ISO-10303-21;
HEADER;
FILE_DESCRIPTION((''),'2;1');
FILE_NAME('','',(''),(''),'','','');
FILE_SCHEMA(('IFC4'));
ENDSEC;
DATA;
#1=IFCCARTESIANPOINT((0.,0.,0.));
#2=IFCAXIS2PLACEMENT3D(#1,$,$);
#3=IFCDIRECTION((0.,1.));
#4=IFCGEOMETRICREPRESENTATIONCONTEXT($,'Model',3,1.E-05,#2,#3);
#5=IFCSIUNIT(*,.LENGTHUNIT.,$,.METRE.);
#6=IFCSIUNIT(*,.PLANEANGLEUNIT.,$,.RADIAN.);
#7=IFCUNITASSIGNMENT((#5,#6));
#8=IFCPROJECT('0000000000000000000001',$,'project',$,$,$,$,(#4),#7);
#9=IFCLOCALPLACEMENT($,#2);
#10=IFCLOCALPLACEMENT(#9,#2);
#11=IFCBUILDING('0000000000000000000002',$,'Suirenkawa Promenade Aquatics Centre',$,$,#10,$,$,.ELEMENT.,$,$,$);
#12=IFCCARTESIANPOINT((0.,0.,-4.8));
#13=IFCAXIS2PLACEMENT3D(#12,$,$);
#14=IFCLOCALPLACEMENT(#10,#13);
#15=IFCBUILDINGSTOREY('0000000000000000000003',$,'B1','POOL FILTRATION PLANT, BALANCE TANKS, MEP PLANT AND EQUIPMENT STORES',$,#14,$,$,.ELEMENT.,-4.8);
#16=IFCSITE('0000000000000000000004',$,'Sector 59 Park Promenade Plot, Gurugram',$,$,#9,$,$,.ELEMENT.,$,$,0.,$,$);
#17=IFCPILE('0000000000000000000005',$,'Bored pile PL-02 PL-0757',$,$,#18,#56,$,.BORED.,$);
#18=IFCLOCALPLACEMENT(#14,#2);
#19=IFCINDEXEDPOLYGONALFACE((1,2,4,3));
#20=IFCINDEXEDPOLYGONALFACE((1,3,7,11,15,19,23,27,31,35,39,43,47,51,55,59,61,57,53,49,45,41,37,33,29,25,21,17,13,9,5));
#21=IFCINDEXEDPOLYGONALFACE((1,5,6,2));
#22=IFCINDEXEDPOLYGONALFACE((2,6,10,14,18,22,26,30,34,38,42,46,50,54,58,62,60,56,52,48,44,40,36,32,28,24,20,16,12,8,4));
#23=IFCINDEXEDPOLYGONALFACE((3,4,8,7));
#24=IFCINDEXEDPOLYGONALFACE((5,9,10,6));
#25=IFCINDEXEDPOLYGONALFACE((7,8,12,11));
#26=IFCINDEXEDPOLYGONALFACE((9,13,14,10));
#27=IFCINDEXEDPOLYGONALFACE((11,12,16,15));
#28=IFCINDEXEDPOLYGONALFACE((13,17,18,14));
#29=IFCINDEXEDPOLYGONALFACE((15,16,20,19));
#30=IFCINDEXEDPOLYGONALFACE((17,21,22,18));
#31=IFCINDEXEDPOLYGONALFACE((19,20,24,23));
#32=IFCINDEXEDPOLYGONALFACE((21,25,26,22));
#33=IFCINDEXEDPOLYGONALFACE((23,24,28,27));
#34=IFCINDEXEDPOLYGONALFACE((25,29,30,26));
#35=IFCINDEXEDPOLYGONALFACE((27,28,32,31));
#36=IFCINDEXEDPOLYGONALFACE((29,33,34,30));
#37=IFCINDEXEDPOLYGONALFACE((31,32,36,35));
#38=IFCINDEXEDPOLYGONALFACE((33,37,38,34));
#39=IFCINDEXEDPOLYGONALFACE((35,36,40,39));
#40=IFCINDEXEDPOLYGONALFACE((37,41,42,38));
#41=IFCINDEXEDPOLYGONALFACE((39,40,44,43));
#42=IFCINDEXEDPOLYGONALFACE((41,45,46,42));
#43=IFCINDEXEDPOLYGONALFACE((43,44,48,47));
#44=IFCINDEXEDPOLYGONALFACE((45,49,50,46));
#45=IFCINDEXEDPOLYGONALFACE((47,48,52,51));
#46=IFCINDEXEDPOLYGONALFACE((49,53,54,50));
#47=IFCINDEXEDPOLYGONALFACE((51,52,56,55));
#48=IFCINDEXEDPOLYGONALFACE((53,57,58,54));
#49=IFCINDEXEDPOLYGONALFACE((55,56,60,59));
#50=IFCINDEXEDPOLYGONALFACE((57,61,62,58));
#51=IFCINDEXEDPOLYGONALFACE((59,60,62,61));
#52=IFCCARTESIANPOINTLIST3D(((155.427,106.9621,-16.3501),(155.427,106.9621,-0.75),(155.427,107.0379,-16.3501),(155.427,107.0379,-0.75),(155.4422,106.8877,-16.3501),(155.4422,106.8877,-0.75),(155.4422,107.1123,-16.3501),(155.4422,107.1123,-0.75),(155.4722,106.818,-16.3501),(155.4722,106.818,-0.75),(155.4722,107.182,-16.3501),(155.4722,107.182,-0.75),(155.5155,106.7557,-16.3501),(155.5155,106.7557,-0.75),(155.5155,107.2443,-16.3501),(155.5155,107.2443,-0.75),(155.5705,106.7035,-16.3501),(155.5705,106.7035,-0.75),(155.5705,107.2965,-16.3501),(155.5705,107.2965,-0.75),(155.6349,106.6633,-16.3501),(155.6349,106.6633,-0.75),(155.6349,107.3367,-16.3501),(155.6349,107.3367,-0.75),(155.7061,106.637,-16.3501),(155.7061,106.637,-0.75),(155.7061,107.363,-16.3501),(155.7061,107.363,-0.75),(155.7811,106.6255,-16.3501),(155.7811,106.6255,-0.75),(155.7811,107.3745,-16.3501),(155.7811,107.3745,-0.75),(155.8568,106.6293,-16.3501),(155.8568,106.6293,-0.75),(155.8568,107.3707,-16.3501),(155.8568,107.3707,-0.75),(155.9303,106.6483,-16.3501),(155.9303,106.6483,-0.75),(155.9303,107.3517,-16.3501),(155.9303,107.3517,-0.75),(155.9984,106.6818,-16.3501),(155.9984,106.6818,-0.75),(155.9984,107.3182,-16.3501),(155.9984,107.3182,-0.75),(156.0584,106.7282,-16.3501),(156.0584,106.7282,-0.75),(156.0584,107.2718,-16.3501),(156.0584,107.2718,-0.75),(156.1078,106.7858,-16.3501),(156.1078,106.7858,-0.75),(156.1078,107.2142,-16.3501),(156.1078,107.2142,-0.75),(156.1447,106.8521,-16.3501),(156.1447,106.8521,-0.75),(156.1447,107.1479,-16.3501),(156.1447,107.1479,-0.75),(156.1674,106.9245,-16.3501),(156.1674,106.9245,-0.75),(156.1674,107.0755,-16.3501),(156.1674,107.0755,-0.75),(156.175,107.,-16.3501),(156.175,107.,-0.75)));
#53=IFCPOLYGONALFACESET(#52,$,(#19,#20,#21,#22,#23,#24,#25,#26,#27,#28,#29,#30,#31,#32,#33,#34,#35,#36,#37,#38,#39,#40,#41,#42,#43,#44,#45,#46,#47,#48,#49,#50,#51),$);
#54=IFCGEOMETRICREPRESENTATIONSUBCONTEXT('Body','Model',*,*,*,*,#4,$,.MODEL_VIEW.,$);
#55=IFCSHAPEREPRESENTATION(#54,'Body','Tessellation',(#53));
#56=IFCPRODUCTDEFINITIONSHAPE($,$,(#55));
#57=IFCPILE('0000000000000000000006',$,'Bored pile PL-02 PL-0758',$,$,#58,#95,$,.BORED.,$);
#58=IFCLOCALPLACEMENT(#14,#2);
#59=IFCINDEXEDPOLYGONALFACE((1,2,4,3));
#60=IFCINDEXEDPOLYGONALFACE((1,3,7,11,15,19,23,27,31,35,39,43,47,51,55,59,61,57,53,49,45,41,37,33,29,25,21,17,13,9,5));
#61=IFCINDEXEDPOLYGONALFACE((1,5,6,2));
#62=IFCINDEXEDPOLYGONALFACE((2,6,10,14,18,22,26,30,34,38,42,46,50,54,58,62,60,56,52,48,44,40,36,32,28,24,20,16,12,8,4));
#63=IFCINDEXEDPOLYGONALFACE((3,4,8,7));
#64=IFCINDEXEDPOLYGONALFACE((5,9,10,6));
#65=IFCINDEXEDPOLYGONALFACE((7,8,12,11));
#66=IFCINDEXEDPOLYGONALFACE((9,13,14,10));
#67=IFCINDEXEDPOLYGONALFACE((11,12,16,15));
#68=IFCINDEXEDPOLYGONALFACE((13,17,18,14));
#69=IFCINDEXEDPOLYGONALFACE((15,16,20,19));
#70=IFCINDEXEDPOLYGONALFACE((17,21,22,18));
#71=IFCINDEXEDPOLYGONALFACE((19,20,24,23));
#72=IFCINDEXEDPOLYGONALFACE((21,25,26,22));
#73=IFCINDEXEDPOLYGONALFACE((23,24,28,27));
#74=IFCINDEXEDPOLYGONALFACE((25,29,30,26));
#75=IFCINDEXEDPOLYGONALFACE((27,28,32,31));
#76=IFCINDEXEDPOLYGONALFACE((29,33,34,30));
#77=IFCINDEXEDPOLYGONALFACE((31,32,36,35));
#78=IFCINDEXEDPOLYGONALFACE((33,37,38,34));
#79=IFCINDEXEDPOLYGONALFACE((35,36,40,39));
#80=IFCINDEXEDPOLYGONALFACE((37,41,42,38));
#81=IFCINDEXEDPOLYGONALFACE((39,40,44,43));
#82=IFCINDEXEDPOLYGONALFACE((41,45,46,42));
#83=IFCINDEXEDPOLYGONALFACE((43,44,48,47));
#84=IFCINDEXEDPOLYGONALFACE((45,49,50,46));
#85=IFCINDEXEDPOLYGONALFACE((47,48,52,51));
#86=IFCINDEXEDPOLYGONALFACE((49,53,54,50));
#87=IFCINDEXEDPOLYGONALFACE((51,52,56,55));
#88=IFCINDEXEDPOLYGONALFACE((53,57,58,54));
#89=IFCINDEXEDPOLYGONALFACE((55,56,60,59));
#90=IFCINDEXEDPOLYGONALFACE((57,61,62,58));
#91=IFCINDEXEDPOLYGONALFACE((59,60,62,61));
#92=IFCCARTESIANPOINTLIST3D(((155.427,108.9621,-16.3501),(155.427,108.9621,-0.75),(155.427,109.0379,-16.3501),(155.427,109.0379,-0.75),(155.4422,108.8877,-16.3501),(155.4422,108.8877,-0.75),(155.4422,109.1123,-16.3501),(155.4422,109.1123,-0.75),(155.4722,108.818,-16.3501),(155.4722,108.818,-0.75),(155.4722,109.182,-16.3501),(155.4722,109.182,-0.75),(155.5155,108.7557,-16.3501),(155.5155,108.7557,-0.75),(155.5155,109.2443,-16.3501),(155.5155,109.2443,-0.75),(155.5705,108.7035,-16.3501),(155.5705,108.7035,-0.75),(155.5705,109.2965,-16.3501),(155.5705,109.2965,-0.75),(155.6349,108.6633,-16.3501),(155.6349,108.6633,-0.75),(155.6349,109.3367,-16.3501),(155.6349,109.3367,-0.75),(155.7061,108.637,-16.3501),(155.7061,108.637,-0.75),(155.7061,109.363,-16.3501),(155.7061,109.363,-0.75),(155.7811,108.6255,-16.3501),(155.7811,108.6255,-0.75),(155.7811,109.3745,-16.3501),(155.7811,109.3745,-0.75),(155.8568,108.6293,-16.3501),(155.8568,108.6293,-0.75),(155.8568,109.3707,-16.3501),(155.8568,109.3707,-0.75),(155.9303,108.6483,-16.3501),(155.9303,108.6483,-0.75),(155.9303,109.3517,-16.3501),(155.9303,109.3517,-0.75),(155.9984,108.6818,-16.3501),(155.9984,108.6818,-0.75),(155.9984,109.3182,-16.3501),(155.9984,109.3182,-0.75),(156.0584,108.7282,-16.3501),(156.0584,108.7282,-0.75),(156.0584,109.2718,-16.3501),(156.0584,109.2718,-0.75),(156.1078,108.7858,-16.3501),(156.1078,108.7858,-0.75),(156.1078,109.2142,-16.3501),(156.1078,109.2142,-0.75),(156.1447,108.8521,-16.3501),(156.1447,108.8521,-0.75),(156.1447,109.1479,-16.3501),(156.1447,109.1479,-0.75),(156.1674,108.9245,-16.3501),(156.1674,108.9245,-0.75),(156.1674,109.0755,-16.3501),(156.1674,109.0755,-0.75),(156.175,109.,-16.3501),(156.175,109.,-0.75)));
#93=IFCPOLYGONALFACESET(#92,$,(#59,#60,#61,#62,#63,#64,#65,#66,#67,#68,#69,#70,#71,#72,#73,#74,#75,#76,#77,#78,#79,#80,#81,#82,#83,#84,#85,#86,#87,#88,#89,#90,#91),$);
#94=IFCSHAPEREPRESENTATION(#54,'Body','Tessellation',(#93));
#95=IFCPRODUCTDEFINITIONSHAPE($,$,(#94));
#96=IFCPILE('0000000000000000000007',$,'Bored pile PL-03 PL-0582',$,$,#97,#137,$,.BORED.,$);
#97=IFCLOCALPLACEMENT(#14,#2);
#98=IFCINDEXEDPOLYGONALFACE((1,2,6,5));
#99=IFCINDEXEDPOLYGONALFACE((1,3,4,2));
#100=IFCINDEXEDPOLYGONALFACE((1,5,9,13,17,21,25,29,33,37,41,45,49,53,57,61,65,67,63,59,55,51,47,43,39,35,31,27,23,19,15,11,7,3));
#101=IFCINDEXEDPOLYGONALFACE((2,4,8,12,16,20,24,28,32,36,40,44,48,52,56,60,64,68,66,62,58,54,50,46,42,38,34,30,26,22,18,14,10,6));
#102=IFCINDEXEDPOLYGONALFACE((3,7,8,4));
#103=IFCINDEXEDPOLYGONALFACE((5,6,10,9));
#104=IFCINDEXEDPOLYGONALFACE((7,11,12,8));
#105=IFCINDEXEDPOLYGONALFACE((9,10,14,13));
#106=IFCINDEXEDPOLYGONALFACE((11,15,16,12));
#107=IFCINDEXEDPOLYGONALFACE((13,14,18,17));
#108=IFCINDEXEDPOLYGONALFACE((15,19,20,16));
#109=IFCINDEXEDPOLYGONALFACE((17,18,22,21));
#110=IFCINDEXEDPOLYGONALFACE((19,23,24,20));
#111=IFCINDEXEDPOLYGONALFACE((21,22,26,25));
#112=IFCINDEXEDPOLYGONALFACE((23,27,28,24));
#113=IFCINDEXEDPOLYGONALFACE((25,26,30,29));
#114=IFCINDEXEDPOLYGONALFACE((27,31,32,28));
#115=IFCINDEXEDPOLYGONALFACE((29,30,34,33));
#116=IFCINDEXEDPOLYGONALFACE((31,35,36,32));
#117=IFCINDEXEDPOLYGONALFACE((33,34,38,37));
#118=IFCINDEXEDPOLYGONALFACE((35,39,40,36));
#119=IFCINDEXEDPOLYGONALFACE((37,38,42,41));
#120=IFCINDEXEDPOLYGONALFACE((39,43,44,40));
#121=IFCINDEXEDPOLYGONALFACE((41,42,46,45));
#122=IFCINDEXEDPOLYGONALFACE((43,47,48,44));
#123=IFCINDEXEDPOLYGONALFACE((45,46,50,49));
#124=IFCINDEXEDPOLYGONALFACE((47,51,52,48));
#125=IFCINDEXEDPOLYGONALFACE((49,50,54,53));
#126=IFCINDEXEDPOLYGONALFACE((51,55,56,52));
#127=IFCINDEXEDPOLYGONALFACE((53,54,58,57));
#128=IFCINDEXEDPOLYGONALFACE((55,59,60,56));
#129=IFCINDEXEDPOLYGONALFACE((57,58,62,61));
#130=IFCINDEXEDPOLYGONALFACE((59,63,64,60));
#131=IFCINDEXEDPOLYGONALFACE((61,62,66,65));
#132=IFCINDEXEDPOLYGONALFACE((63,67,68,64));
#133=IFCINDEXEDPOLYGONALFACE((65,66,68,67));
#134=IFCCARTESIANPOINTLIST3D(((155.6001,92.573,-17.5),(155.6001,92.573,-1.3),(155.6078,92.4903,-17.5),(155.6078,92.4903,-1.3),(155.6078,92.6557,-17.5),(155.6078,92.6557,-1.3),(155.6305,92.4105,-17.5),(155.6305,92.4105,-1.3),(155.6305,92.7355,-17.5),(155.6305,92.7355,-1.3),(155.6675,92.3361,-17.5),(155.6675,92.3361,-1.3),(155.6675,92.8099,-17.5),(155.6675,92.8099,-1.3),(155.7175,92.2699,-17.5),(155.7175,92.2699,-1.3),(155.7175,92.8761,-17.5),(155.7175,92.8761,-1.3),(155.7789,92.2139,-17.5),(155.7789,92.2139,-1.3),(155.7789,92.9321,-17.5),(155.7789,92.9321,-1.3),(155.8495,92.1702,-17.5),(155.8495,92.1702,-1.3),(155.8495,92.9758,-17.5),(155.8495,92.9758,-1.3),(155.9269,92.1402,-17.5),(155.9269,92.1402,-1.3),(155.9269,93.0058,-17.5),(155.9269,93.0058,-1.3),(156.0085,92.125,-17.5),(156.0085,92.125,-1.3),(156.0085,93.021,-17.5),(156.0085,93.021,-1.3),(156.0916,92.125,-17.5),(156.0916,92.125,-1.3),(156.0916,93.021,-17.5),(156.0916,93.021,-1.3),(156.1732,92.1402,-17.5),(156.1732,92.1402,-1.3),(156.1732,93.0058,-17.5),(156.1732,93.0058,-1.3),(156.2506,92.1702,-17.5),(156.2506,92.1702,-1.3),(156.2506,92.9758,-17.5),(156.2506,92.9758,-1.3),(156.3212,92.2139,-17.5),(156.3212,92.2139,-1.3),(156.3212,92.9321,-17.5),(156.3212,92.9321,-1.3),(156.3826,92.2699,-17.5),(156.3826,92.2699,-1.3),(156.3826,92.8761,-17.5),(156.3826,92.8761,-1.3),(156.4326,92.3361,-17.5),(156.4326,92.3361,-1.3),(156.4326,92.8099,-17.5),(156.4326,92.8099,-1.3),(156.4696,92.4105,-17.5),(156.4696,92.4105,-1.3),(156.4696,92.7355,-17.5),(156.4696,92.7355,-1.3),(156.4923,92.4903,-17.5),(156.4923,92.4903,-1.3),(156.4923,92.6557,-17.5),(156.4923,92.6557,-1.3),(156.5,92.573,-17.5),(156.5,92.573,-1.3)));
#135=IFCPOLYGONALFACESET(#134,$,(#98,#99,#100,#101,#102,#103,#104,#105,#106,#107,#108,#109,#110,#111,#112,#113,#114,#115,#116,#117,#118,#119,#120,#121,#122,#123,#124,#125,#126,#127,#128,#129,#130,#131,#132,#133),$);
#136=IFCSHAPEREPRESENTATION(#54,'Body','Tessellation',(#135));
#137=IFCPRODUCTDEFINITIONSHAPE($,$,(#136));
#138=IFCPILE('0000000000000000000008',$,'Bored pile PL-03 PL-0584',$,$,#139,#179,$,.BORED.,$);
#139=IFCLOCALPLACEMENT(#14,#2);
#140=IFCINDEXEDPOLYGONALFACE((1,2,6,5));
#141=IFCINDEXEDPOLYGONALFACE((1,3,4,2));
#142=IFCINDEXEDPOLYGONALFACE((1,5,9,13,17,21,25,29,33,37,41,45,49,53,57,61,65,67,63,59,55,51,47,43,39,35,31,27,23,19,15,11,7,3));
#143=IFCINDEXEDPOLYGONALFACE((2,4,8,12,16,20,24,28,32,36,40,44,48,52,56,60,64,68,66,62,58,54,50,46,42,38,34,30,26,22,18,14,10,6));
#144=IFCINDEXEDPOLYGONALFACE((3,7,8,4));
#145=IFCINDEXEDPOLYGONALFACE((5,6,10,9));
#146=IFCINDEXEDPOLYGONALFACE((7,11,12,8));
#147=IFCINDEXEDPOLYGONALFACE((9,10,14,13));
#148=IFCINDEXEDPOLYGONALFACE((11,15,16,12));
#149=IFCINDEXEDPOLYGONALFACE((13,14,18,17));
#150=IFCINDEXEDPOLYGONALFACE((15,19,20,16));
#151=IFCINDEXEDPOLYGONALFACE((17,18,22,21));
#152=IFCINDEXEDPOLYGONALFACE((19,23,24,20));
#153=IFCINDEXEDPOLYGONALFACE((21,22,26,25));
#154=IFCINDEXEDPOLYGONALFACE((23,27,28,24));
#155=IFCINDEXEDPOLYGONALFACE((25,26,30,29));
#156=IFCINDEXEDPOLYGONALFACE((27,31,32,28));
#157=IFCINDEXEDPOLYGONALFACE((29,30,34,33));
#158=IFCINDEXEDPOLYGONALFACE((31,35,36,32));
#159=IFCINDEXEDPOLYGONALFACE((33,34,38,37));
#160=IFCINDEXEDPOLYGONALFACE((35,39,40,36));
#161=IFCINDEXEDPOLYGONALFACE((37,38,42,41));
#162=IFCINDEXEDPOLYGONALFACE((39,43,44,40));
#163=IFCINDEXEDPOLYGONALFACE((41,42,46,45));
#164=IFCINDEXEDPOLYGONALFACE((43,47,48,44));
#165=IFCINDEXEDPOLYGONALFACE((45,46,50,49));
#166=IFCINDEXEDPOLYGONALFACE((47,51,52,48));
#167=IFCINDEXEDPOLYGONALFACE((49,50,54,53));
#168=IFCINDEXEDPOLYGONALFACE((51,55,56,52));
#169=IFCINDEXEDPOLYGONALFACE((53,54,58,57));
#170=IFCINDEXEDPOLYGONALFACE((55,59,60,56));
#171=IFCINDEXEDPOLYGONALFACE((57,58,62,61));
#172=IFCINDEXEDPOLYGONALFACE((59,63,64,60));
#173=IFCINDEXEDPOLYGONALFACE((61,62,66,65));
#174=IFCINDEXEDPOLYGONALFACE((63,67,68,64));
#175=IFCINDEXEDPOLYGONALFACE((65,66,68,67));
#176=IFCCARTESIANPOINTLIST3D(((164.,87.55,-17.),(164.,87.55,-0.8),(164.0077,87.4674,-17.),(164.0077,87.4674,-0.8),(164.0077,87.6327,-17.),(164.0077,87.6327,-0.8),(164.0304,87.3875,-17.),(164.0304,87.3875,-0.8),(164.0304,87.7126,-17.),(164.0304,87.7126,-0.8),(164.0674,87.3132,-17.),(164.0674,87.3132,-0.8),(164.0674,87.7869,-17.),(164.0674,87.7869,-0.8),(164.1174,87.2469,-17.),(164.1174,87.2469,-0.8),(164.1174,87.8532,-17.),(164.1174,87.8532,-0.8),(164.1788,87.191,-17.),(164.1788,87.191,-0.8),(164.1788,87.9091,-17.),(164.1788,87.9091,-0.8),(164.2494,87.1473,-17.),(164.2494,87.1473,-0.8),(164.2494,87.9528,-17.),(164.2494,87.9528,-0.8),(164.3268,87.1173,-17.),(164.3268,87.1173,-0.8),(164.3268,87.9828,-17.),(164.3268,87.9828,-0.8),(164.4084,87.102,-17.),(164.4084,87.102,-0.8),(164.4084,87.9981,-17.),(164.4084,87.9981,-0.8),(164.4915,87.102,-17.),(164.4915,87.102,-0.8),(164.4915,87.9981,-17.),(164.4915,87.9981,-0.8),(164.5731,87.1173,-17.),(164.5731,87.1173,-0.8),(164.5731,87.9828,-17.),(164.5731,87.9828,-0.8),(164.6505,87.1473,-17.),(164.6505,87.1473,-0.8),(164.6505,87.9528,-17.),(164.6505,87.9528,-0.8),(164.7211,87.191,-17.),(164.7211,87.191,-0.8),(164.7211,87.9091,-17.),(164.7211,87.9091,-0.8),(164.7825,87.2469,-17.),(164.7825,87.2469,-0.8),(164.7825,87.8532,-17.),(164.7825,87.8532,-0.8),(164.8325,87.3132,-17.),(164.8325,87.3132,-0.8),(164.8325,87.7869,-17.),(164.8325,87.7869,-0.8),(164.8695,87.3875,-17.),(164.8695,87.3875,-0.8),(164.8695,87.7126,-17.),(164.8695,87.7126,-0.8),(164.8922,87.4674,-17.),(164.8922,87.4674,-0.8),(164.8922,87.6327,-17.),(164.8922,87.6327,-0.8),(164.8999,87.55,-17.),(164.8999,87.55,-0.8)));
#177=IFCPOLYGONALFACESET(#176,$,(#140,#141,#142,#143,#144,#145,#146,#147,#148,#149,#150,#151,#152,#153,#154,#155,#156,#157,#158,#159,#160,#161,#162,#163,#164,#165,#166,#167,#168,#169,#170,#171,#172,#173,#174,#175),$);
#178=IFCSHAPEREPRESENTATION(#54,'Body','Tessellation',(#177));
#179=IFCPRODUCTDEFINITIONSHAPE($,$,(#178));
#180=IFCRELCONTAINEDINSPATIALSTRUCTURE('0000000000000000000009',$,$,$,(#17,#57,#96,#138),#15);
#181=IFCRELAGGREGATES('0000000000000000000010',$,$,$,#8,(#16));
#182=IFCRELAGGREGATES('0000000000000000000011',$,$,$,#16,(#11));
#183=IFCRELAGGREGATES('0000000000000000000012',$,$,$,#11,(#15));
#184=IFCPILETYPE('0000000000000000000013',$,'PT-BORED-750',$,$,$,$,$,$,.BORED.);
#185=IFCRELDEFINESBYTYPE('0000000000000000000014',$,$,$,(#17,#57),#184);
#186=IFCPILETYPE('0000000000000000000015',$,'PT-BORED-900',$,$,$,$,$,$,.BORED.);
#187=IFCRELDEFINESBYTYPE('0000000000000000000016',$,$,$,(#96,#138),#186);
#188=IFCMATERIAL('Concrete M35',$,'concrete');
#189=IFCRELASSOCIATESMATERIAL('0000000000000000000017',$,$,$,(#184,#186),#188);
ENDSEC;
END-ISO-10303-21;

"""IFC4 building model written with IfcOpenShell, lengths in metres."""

from ifc_helpers import new_model, si_unit, direction, frame, origin, origin_2d, place, context, subcontext, project, spatial, circle, extrude, material, material_profile, profile_set, type_object, element, save


model = new_model("IFC4")

# Units and contexts
model_context = context("Model", 3, precision=1e-05, world=origin(), true_north=direction((0.0, 1.0)))
body_context = subcontext(model_context, "Body", "Model", "MODEL_VIEW")
ifc_project = project(units=[si_unit("LENGTHUNIT", "METRE"), si_unit("PLANEANGLEUNIT", "RADIAN")], contexts=[model_context])

# Site, building, storey
site_placement = place(None, origin())
site = spatial("IfcSite", under=ifc_project, at=site_placement, Name="Sector 59 Park Promenade Plot, Gurugram", CompositionType="ELEMENT", RefElevation=0.0)
building_placement = place(site_placement, origin())
building = spatial("IfcBuilding", under=site, at=building_placement, Name="Suirenkawa Promenade Aquatics Centre", CompositionType="ELEMENT")
storey_placement = place(building_placement, frame((0.0, 0.0, -4.8)))
storey = spatial("IfcBuildingStorey", under=building, at=storey_placement, Name="B1", Description="POOL FILTRATION PLANT, BALANCE TANKS, MEP PLANT AND EQUIPMENT STORES", CompositionType="ELEMENT", Elevation=-4.8)

# Shared definitions
ifc_material_1 = material(Name="Concrete M35", Category="concrete")

# Piles
ifc_material_profile_1 = material_profile(ifc_material_1, circle(Radius=0.375, at=origin_2d()), Name="PILE D750", Category="concrete")
ifc_profile_set_1 = profile_set([ifc_material_profile_1], Name="Concrete M35")
pile_type_1 = type_object("IfcPileType", Name="PT-BORED-750", PredefinedType="BORED", material=ifc_profile_set_1)
for number, where, z_axis, x_axis, name in (
    (1, (155.8, 107.0, -0.75), (0.0, 0.0, -1.0), (1.0, 0.0, 0.0), "Bored pile PL-02 PL-0757"),
    (2, (155.8, 109.0, -0.75), (0.0, 0.0, -1.0), (1.0, 0.0, 0.0), "Bored pile PL-02 PL-0758"),
):
    element("IfcPile", number, at=place(storey_placement, frame(where, z_axis=z_axis, x_axis=x_axis)), inside=storey, type_object=pile_type_1, Name=name, PredefinedType="BORED", context=body_context, shape_type="SweptSolid", body=[
        extrude(circle(Radius=0.375, at=origin_2d()), origin(), (0.0, 0.0, 1.0), 15.6001),
    ])
ifc_material_profile_2 = material_profile(ifc_material_1, circle(Radius=0.45, at=origin_2d()), Name="PILE D900", Category="concrete")
ifc_profile_set_2 = profile_set([ifc_material_profile_2], Name="Concrete M35")
pile_type_2 = type_object("IfcPileType", Name="PT-BORED-900", PredefinedType="BORED", material=ifc_profile_set_2)
for number, where, z_axis, x_axis, name in (
    (3, (156.05, 92.573, -1.3), (0.0, 0.0, -1.0), (1.0, 0.0, 0.0), "Bored pile PL-03 PL-0582"),
    (4, (164.45, 87.55, -0.8), (0.0, 0.0, -1.0), (1.0, 0.0, 0.0), "Bored pile PL-03 PL-0584"),
):
    element("IfcPile", number, at=place(storey_placement, frame(where, z_axis=z_axis, x_axis=x_axis)), inside=storey, type_object=pile_type_2, Name=name, PredefinedType="BORED", context=body_context, shape_type="SweptSolid", body=[
        extrude(circle(Radius=0.45, at=origin_2d()), origin(), (0.0, 0.0, 1.0), 16.2),
    ])

save(model, "model.ifc")
